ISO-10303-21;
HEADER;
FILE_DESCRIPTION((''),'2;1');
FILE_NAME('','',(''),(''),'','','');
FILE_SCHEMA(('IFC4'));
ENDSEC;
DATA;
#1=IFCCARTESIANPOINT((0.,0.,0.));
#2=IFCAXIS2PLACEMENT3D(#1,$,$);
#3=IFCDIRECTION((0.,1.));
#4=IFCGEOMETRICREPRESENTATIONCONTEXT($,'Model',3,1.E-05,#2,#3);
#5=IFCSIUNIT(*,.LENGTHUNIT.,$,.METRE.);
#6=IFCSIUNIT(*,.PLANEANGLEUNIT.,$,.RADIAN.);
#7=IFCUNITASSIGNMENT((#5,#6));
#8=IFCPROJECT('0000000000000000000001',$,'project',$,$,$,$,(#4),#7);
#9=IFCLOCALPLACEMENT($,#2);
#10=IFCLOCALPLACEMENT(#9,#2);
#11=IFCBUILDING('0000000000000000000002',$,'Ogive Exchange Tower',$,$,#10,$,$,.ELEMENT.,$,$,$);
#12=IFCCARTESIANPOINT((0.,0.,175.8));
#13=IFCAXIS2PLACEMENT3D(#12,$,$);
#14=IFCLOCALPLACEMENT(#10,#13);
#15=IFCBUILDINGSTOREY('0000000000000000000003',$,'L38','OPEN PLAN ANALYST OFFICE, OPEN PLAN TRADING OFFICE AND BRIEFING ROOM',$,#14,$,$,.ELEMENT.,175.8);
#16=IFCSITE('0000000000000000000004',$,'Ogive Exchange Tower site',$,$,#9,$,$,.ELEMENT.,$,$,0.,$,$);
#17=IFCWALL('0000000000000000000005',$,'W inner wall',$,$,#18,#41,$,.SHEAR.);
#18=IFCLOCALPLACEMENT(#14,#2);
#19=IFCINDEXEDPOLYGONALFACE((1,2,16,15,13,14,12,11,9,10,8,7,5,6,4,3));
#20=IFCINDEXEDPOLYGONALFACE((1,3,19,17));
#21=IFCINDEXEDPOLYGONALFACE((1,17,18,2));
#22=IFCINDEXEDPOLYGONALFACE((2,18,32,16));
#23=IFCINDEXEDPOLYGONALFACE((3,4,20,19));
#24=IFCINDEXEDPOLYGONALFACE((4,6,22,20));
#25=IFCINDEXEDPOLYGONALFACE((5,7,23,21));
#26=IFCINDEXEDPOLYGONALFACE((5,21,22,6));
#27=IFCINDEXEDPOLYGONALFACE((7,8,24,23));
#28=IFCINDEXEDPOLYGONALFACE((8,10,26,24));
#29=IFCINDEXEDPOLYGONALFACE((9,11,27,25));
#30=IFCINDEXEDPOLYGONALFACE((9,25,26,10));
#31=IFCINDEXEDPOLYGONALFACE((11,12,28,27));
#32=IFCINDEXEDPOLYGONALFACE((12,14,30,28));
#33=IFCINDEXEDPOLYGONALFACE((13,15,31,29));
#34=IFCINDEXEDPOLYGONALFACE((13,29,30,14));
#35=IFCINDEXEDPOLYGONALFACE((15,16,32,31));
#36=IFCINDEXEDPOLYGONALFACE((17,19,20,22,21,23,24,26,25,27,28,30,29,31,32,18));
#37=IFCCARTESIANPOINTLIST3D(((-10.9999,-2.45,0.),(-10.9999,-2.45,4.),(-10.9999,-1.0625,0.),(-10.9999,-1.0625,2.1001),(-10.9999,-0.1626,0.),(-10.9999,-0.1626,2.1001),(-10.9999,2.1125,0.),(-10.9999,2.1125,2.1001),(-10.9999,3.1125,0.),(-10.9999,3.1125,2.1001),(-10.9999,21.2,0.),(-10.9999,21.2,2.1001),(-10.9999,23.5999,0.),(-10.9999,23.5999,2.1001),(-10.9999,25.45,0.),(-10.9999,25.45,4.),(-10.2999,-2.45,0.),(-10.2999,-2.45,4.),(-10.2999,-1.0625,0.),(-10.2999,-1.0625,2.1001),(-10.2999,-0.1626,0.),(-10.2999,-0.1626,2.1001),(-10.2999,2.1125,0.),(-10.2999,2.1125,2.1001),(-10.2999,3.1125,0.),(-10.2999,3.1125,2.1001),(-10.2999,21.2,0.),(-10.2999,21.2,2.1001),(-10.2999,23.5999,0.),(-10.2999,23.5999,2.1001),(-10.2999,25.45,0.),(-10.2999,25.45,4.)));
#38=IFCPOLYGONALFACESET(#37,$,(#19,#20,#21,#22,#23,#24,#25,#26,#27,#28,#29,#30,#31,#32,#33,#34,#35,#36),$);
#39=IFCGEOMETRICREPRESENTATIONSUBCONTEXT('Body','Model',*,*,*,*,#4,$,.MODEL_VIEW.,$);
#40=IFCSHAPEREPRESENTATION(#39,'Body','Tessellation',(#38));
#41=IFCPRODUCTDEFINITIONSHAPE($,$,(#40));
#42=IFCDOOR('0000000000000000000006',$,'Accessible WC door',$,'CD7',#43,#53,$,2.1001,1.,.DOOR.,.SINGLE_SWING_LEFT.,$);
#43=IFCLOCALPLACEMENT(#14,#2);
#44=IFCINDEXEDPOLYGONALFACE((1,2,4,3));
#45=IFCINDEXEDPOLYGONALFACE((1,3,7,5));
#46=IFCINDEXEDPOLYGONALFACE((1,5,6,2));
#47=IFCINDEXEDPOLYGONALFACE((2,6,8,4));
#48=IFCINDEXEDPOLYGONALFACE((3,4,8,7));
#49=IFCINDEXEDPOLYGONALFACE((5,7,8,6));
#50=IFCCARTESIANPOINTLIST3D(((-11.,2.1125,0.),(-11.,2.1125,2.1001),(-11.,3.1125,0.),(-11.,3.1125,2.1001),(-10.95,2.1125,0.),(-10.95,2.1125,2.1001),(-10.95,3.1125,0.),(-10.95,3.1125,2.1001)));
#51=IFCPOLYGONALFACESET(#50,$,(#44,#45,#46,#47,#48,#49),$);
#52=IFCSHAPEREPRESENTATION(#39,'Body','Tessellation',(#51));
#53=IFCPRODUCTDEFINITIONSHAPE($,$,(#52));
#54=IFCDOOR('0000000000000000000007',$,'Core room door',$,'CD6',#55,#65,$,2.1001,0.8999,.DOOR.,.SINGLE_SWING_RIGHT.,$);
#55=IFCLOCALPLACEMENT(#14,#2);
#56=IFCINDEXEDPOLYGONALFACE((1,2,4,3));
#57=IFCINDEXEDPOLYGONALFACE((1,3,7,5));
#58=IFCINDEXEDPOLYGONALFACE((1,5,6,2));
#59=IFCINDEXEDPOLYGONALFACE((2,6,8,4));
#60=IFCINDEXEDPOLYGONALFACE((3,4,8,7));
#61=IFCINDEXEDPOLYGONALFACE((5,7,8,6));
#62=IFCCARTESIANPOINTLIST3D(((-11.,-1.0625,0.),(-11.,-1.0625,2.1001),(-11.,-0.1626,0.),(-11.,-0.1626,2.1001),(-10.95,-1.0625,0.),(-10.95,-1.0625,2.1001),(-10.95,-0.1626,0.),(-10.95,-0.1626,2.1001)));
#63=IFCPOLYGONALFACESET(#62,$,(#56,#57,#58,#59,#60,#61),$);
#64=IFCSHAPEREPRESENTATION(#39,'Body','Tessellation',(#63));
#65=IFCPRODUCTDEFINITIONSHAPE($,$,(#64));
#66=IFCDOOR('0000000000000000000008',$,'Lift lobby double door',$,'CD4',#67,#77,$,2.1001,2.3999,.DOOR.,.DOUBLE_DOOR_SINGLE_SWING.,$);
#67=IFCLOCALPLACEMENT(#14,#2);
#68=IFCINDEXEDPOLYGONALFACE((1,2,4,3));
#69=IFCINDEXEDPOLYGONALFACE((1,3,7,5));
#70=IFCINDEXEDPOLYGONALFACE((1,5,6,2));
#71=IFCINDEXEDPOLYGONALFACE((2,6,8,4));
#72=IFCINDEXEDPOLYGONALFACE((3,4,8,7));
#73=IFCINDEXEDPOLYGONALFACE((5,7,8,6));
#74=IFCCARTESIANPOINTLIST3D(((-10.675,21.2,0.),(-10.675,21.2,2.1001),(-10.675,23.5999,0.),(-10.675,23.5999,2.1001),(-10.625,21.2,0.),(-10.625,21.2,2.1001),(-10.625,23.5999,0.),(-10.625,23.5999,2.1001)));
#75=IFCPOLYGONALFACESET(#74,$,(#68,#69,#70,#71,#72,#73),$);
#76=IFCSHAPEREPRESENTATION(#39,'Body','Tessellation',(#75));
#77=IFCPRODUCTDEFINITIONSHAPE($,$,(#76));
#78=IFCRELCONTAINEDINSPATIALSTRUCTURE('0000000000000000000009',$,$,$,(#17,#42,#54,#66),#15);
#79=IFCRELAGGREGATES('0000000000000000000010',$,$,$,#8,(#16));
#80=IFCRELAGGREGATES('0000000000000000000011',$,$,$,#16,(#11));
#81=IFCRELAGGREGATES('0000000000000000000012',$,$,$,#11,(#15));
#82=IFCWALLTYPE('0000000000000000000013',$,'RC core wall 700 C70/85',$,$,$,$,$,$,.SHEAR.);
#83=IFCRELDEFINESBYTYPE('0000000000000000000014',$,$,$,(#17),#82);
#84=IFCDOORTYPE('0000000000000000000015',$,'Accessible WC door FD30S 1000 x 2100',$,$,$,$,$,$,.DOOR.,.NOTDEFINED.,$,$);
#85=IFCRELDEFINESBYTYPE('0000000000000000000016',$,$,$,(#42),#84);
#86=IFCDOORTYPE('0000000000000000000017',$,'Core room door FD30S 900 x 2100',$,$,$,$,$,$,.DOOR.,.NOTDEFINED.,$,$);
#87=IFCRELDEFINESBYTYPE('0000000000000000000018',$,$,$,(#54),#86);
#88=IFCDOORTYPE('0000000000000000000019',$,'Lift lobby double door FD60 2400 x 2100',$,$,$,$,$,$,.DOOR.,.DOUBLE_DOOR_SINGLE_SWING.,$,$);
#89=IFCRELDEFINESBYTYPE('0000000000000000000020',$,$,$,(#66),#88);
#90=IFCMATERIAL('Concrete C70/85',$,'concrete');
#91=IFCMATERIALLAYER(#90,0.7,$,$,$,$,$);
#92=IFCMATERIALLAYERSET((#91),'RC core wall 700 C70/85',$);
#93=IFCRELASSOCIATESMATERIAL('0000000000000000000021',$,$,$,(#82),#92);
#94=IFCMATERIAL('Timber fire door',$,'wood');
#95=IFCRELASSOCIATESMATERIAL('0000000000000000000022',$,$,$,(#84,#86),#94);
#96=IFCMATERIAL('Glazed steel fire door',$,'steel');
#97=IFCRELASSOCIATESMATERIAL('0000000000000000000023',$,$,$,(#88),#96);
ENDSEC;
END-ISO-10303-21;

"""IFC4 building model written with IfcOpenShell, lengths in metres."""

from ifc_helpers import new_model, si_unit, direction, frame, frame_2d, origin, place, context, subcontext, project, spatial, rectangle, extrude, material, layer, layer_set, type_object, element, fill, save


model = new_model("IFC4")

# Units and contexts
model_context = context("Model", 3, precision=1e-05, world=origin(), true_north=direction((0.0, 1.0)))
body_context = subcontext(model_context, "Body", "Model", "MODEL_VIEW")
ifc_project = project(units=[si_unit("LENGTHUNIT", "METRE"), si_unit("PLANEANGLEUNIT", "RADIAN")], contexts=[model_context])

# Site, building, storey
site_placement = place(None, origin())
site = spatial("IfcSite", under=ifc_project, at=site_placement, Name="Ogive Exchange Tower site", CompositionType="ELEMENT", RefElevation=0.0)
building_placement = place(site_placement, origin())
building = spatial("IfcBuilding", under=site, at=building_placement, Name="Ogive Exchange Tower", CompositionType="ELEMENT")
storey_placement = place(building_placement, frame((0.0, 0.0, 175.8)))
storey = spatial("IfcBuildingStorey", under=building, at=storey_placement, Name="L38", Description="OPEN PLAN ANALYST OFFICE, OPEN PLAN TRADING OFFICE AND BRIEFING ROOM", CompositionType="ELEMENT", Elevation=175.8)

# Shared definitions
ifc_material_1 = material(Name="Concrete C70/85", Category="concrete")

# Wall, openings, doors
ifc_layer_1 = layer(ifc_material_1, 0.7)
ifc_layer_set_1 = layer_set([ifc_layer_1], Name="RC core wall 700 C70/85")
wall_type_1 = type_object("IfcWallType", Name="RC core wall 700 C70/85", PredefinedType="SHEAR", material=ifc_layer_set_1)
wall_1_placement = place(storey_placement, frame((-10.6499, -2.45, 0.0), z_axis=(0.0, 0.0, 1.0), x_axis=(0.0, 1.0, 0.0)))
wall_1 = element("IfcWall", 1, at=wall_1_placement, inside=storey, type_object=wall_type_1, Name="W inner wall", PredefinedType="SHEAR", context=body_context, shape_type="SweptSolid", body=[
    extrude(rectangle(XDim=27.8999, YDim=0.7, at=frame_2d((13.95, 0.0))), origin(), (0.0, 0.0, 1.0), 4.0),
])
opening_1_placement = place(wall_1_placement, frame((23.6499, 0.0, 0.0)))
opening_1 = element("IfcOpeningElement", 2, at=opening_1_placement, cuts=wall_1, PredefinedType="OPENING", context=body_context, shape_type="SweptSolid", body=[
    extrude(rectangle(XDim=2.3999, YDim=2.1001, at=frame_2d((1.2, 1.05))), frame((0.0, 0.3599, 0.0), z_axis=(0.0, -1.0, 0.0), x_axis=(1.0, 0.0, 0.0)), (0.0, 0.0, 1.0), 0.72),
])
opening_2_placement = place(wall_1_placement, frame((1.3875, 0.0, 0.0)))
opening_2 = element("IfcOpeningElement", 3, at=opening_2_placement, cuts=wall_1, PredefinedType="OPENING", context=body_context, shape_type="SweptSolid", body=[
    extrude(rectangle(XDim=0.8999, YDim=2.1001, at=frame_2d((0.45, 1.05))), frame((0.0, 0.3599, 0.0), z_axis=(0.0, -1.0, 0.0), x_axis=(1.0, 0.0, 0.0)), (0.0, 0.0, 1.0), 0.72),
])
opening_3_placement = place(wall_1_placement, frame((4.5625, 0.0, 0.0)))
opening_3 = element("IfcOpeningElement", 4, at=opening_3_placement, cuts=wall_1, PredefinedType="OPENING", context=body_context, shape_type="SweptSolid", body=[
    extrude(rectangle(XDim=1.0, YDim=2.1001, at=frame_2d((0.5, 1.05))), frame((0.0, 0.3599, 0.0), z_axis=(0.0, -1.0, 0.0), x_axis=(1.0, 0.0, 0.0)), (0.0, 0.0, 1.0), 0.72),
])
ifc_material_2 = material(Name="Timber fire door", Category="wood")
door_type_1 = type_object("IfcDoorType", Name="Accessible WC door FD30S 1000 x 2100", OperationType="NOTDEFINED", PredefinedType="DOOR", material=ifc_material_2)
door_1_placement = place(opening_3_placement, origin())
door_1 = element("IfcDoor", 5, at=door_1_placement, inside=storey, type_object=door_type_1, Name="Accessible WC door", ObjectType="CD7", OperationType="SINGLE_SWING_LEFT", OverallHeight=2.1001, OverallWidth=1.0, PredefinedType="DOOR", context=body_context, shape_type="SweptSolid", body=[
    extrude(rectangle(XDim=1.0, YDim=2.1001, at=frame_2d((0.5, 1.05))), frame((0.0, 0.3501, 0.0), z_axis=(0.0, -1.0, 0.0), x_axis=(1.0, 0.0, 0.0)), (0.0, 0.0, 1.0), 0.05),
])
fill(opening_3, door_1)
door_type_2 = type_object("IfcDoorType", Name="Core room door FD30S 900 x 2100", OperationType="NOTDEFINED", PredefinedType="DOOR", material=ifc_material_2)
door_2_placement = place(opening_2_placement, origin())
door_2 = element("IfcDoor", 6, at=door_2_placement, inside=storey, type_object=door_type_2, Name="Core room door", ObjectType="CD6", OperationType="SINGLE_SWING_RIGHT", OverallHeight=2.1001, OverallWidth=0.8999, PredefinedType="DOOR", context=body_context, shape_type="SweptSolid", body=[
    extrude(rectangle(XDim=0.8999, YDim=2.1001, at=frame_2d((0.45, 1.05))), frame((0.0, 0.3501, 0.0), z_axis=(0.0, -1.0, 0.0), x_axis=(1.0, 0.0, 0.0)), (0.0, 0.0, 1.0), 0.05),
])
fill(opening_2, door_2)
ifc_material_3 = material(Name="Glazed steel fire door", Category="steel")
door_type_3 = type_object("IfcDoorType", Name="Lift lobby double door FD60 2400 x 2100", OperationType="DOUBLE_DOOR_SINGLE_SWING", PredefinedType="DOOR", material=ifc_material_3)
door_3_placement = place(opening_1_placement, frame((2.3999, 0.0, 0.0), z_axis=(0.0, 0.0, 1.0), x_axis=(-1.0, 0.0, 0.0)))
door_3 = element("IfcDoor", 7, at=door_3_placement, inside=storey, type_object=door_type_3, Name="Lift lobby double door", ObjectType="CD4", OperationType="DOUBLE_DOOR_SINGLE_SWING", OverallHeight=2.1001, OverallWidth=2.3999, PredefinedType="DOOR", context=body_context, shape_type="SweptSolid", body=[
    extrude(rectangle(XDim=2.3999, YDim=2.1001, at=frame_2d((1.2, 1.05))), frame((0.0, 0.0249, 0.0), z_axis=(0.0, -1.0, 0.0), x_axis=(1.0, 0.0, 0.0)), (0.0, 0.0, 1.0), 0.05),
])
fill(opening_1, door_3)

save(model, "model.ifc")
